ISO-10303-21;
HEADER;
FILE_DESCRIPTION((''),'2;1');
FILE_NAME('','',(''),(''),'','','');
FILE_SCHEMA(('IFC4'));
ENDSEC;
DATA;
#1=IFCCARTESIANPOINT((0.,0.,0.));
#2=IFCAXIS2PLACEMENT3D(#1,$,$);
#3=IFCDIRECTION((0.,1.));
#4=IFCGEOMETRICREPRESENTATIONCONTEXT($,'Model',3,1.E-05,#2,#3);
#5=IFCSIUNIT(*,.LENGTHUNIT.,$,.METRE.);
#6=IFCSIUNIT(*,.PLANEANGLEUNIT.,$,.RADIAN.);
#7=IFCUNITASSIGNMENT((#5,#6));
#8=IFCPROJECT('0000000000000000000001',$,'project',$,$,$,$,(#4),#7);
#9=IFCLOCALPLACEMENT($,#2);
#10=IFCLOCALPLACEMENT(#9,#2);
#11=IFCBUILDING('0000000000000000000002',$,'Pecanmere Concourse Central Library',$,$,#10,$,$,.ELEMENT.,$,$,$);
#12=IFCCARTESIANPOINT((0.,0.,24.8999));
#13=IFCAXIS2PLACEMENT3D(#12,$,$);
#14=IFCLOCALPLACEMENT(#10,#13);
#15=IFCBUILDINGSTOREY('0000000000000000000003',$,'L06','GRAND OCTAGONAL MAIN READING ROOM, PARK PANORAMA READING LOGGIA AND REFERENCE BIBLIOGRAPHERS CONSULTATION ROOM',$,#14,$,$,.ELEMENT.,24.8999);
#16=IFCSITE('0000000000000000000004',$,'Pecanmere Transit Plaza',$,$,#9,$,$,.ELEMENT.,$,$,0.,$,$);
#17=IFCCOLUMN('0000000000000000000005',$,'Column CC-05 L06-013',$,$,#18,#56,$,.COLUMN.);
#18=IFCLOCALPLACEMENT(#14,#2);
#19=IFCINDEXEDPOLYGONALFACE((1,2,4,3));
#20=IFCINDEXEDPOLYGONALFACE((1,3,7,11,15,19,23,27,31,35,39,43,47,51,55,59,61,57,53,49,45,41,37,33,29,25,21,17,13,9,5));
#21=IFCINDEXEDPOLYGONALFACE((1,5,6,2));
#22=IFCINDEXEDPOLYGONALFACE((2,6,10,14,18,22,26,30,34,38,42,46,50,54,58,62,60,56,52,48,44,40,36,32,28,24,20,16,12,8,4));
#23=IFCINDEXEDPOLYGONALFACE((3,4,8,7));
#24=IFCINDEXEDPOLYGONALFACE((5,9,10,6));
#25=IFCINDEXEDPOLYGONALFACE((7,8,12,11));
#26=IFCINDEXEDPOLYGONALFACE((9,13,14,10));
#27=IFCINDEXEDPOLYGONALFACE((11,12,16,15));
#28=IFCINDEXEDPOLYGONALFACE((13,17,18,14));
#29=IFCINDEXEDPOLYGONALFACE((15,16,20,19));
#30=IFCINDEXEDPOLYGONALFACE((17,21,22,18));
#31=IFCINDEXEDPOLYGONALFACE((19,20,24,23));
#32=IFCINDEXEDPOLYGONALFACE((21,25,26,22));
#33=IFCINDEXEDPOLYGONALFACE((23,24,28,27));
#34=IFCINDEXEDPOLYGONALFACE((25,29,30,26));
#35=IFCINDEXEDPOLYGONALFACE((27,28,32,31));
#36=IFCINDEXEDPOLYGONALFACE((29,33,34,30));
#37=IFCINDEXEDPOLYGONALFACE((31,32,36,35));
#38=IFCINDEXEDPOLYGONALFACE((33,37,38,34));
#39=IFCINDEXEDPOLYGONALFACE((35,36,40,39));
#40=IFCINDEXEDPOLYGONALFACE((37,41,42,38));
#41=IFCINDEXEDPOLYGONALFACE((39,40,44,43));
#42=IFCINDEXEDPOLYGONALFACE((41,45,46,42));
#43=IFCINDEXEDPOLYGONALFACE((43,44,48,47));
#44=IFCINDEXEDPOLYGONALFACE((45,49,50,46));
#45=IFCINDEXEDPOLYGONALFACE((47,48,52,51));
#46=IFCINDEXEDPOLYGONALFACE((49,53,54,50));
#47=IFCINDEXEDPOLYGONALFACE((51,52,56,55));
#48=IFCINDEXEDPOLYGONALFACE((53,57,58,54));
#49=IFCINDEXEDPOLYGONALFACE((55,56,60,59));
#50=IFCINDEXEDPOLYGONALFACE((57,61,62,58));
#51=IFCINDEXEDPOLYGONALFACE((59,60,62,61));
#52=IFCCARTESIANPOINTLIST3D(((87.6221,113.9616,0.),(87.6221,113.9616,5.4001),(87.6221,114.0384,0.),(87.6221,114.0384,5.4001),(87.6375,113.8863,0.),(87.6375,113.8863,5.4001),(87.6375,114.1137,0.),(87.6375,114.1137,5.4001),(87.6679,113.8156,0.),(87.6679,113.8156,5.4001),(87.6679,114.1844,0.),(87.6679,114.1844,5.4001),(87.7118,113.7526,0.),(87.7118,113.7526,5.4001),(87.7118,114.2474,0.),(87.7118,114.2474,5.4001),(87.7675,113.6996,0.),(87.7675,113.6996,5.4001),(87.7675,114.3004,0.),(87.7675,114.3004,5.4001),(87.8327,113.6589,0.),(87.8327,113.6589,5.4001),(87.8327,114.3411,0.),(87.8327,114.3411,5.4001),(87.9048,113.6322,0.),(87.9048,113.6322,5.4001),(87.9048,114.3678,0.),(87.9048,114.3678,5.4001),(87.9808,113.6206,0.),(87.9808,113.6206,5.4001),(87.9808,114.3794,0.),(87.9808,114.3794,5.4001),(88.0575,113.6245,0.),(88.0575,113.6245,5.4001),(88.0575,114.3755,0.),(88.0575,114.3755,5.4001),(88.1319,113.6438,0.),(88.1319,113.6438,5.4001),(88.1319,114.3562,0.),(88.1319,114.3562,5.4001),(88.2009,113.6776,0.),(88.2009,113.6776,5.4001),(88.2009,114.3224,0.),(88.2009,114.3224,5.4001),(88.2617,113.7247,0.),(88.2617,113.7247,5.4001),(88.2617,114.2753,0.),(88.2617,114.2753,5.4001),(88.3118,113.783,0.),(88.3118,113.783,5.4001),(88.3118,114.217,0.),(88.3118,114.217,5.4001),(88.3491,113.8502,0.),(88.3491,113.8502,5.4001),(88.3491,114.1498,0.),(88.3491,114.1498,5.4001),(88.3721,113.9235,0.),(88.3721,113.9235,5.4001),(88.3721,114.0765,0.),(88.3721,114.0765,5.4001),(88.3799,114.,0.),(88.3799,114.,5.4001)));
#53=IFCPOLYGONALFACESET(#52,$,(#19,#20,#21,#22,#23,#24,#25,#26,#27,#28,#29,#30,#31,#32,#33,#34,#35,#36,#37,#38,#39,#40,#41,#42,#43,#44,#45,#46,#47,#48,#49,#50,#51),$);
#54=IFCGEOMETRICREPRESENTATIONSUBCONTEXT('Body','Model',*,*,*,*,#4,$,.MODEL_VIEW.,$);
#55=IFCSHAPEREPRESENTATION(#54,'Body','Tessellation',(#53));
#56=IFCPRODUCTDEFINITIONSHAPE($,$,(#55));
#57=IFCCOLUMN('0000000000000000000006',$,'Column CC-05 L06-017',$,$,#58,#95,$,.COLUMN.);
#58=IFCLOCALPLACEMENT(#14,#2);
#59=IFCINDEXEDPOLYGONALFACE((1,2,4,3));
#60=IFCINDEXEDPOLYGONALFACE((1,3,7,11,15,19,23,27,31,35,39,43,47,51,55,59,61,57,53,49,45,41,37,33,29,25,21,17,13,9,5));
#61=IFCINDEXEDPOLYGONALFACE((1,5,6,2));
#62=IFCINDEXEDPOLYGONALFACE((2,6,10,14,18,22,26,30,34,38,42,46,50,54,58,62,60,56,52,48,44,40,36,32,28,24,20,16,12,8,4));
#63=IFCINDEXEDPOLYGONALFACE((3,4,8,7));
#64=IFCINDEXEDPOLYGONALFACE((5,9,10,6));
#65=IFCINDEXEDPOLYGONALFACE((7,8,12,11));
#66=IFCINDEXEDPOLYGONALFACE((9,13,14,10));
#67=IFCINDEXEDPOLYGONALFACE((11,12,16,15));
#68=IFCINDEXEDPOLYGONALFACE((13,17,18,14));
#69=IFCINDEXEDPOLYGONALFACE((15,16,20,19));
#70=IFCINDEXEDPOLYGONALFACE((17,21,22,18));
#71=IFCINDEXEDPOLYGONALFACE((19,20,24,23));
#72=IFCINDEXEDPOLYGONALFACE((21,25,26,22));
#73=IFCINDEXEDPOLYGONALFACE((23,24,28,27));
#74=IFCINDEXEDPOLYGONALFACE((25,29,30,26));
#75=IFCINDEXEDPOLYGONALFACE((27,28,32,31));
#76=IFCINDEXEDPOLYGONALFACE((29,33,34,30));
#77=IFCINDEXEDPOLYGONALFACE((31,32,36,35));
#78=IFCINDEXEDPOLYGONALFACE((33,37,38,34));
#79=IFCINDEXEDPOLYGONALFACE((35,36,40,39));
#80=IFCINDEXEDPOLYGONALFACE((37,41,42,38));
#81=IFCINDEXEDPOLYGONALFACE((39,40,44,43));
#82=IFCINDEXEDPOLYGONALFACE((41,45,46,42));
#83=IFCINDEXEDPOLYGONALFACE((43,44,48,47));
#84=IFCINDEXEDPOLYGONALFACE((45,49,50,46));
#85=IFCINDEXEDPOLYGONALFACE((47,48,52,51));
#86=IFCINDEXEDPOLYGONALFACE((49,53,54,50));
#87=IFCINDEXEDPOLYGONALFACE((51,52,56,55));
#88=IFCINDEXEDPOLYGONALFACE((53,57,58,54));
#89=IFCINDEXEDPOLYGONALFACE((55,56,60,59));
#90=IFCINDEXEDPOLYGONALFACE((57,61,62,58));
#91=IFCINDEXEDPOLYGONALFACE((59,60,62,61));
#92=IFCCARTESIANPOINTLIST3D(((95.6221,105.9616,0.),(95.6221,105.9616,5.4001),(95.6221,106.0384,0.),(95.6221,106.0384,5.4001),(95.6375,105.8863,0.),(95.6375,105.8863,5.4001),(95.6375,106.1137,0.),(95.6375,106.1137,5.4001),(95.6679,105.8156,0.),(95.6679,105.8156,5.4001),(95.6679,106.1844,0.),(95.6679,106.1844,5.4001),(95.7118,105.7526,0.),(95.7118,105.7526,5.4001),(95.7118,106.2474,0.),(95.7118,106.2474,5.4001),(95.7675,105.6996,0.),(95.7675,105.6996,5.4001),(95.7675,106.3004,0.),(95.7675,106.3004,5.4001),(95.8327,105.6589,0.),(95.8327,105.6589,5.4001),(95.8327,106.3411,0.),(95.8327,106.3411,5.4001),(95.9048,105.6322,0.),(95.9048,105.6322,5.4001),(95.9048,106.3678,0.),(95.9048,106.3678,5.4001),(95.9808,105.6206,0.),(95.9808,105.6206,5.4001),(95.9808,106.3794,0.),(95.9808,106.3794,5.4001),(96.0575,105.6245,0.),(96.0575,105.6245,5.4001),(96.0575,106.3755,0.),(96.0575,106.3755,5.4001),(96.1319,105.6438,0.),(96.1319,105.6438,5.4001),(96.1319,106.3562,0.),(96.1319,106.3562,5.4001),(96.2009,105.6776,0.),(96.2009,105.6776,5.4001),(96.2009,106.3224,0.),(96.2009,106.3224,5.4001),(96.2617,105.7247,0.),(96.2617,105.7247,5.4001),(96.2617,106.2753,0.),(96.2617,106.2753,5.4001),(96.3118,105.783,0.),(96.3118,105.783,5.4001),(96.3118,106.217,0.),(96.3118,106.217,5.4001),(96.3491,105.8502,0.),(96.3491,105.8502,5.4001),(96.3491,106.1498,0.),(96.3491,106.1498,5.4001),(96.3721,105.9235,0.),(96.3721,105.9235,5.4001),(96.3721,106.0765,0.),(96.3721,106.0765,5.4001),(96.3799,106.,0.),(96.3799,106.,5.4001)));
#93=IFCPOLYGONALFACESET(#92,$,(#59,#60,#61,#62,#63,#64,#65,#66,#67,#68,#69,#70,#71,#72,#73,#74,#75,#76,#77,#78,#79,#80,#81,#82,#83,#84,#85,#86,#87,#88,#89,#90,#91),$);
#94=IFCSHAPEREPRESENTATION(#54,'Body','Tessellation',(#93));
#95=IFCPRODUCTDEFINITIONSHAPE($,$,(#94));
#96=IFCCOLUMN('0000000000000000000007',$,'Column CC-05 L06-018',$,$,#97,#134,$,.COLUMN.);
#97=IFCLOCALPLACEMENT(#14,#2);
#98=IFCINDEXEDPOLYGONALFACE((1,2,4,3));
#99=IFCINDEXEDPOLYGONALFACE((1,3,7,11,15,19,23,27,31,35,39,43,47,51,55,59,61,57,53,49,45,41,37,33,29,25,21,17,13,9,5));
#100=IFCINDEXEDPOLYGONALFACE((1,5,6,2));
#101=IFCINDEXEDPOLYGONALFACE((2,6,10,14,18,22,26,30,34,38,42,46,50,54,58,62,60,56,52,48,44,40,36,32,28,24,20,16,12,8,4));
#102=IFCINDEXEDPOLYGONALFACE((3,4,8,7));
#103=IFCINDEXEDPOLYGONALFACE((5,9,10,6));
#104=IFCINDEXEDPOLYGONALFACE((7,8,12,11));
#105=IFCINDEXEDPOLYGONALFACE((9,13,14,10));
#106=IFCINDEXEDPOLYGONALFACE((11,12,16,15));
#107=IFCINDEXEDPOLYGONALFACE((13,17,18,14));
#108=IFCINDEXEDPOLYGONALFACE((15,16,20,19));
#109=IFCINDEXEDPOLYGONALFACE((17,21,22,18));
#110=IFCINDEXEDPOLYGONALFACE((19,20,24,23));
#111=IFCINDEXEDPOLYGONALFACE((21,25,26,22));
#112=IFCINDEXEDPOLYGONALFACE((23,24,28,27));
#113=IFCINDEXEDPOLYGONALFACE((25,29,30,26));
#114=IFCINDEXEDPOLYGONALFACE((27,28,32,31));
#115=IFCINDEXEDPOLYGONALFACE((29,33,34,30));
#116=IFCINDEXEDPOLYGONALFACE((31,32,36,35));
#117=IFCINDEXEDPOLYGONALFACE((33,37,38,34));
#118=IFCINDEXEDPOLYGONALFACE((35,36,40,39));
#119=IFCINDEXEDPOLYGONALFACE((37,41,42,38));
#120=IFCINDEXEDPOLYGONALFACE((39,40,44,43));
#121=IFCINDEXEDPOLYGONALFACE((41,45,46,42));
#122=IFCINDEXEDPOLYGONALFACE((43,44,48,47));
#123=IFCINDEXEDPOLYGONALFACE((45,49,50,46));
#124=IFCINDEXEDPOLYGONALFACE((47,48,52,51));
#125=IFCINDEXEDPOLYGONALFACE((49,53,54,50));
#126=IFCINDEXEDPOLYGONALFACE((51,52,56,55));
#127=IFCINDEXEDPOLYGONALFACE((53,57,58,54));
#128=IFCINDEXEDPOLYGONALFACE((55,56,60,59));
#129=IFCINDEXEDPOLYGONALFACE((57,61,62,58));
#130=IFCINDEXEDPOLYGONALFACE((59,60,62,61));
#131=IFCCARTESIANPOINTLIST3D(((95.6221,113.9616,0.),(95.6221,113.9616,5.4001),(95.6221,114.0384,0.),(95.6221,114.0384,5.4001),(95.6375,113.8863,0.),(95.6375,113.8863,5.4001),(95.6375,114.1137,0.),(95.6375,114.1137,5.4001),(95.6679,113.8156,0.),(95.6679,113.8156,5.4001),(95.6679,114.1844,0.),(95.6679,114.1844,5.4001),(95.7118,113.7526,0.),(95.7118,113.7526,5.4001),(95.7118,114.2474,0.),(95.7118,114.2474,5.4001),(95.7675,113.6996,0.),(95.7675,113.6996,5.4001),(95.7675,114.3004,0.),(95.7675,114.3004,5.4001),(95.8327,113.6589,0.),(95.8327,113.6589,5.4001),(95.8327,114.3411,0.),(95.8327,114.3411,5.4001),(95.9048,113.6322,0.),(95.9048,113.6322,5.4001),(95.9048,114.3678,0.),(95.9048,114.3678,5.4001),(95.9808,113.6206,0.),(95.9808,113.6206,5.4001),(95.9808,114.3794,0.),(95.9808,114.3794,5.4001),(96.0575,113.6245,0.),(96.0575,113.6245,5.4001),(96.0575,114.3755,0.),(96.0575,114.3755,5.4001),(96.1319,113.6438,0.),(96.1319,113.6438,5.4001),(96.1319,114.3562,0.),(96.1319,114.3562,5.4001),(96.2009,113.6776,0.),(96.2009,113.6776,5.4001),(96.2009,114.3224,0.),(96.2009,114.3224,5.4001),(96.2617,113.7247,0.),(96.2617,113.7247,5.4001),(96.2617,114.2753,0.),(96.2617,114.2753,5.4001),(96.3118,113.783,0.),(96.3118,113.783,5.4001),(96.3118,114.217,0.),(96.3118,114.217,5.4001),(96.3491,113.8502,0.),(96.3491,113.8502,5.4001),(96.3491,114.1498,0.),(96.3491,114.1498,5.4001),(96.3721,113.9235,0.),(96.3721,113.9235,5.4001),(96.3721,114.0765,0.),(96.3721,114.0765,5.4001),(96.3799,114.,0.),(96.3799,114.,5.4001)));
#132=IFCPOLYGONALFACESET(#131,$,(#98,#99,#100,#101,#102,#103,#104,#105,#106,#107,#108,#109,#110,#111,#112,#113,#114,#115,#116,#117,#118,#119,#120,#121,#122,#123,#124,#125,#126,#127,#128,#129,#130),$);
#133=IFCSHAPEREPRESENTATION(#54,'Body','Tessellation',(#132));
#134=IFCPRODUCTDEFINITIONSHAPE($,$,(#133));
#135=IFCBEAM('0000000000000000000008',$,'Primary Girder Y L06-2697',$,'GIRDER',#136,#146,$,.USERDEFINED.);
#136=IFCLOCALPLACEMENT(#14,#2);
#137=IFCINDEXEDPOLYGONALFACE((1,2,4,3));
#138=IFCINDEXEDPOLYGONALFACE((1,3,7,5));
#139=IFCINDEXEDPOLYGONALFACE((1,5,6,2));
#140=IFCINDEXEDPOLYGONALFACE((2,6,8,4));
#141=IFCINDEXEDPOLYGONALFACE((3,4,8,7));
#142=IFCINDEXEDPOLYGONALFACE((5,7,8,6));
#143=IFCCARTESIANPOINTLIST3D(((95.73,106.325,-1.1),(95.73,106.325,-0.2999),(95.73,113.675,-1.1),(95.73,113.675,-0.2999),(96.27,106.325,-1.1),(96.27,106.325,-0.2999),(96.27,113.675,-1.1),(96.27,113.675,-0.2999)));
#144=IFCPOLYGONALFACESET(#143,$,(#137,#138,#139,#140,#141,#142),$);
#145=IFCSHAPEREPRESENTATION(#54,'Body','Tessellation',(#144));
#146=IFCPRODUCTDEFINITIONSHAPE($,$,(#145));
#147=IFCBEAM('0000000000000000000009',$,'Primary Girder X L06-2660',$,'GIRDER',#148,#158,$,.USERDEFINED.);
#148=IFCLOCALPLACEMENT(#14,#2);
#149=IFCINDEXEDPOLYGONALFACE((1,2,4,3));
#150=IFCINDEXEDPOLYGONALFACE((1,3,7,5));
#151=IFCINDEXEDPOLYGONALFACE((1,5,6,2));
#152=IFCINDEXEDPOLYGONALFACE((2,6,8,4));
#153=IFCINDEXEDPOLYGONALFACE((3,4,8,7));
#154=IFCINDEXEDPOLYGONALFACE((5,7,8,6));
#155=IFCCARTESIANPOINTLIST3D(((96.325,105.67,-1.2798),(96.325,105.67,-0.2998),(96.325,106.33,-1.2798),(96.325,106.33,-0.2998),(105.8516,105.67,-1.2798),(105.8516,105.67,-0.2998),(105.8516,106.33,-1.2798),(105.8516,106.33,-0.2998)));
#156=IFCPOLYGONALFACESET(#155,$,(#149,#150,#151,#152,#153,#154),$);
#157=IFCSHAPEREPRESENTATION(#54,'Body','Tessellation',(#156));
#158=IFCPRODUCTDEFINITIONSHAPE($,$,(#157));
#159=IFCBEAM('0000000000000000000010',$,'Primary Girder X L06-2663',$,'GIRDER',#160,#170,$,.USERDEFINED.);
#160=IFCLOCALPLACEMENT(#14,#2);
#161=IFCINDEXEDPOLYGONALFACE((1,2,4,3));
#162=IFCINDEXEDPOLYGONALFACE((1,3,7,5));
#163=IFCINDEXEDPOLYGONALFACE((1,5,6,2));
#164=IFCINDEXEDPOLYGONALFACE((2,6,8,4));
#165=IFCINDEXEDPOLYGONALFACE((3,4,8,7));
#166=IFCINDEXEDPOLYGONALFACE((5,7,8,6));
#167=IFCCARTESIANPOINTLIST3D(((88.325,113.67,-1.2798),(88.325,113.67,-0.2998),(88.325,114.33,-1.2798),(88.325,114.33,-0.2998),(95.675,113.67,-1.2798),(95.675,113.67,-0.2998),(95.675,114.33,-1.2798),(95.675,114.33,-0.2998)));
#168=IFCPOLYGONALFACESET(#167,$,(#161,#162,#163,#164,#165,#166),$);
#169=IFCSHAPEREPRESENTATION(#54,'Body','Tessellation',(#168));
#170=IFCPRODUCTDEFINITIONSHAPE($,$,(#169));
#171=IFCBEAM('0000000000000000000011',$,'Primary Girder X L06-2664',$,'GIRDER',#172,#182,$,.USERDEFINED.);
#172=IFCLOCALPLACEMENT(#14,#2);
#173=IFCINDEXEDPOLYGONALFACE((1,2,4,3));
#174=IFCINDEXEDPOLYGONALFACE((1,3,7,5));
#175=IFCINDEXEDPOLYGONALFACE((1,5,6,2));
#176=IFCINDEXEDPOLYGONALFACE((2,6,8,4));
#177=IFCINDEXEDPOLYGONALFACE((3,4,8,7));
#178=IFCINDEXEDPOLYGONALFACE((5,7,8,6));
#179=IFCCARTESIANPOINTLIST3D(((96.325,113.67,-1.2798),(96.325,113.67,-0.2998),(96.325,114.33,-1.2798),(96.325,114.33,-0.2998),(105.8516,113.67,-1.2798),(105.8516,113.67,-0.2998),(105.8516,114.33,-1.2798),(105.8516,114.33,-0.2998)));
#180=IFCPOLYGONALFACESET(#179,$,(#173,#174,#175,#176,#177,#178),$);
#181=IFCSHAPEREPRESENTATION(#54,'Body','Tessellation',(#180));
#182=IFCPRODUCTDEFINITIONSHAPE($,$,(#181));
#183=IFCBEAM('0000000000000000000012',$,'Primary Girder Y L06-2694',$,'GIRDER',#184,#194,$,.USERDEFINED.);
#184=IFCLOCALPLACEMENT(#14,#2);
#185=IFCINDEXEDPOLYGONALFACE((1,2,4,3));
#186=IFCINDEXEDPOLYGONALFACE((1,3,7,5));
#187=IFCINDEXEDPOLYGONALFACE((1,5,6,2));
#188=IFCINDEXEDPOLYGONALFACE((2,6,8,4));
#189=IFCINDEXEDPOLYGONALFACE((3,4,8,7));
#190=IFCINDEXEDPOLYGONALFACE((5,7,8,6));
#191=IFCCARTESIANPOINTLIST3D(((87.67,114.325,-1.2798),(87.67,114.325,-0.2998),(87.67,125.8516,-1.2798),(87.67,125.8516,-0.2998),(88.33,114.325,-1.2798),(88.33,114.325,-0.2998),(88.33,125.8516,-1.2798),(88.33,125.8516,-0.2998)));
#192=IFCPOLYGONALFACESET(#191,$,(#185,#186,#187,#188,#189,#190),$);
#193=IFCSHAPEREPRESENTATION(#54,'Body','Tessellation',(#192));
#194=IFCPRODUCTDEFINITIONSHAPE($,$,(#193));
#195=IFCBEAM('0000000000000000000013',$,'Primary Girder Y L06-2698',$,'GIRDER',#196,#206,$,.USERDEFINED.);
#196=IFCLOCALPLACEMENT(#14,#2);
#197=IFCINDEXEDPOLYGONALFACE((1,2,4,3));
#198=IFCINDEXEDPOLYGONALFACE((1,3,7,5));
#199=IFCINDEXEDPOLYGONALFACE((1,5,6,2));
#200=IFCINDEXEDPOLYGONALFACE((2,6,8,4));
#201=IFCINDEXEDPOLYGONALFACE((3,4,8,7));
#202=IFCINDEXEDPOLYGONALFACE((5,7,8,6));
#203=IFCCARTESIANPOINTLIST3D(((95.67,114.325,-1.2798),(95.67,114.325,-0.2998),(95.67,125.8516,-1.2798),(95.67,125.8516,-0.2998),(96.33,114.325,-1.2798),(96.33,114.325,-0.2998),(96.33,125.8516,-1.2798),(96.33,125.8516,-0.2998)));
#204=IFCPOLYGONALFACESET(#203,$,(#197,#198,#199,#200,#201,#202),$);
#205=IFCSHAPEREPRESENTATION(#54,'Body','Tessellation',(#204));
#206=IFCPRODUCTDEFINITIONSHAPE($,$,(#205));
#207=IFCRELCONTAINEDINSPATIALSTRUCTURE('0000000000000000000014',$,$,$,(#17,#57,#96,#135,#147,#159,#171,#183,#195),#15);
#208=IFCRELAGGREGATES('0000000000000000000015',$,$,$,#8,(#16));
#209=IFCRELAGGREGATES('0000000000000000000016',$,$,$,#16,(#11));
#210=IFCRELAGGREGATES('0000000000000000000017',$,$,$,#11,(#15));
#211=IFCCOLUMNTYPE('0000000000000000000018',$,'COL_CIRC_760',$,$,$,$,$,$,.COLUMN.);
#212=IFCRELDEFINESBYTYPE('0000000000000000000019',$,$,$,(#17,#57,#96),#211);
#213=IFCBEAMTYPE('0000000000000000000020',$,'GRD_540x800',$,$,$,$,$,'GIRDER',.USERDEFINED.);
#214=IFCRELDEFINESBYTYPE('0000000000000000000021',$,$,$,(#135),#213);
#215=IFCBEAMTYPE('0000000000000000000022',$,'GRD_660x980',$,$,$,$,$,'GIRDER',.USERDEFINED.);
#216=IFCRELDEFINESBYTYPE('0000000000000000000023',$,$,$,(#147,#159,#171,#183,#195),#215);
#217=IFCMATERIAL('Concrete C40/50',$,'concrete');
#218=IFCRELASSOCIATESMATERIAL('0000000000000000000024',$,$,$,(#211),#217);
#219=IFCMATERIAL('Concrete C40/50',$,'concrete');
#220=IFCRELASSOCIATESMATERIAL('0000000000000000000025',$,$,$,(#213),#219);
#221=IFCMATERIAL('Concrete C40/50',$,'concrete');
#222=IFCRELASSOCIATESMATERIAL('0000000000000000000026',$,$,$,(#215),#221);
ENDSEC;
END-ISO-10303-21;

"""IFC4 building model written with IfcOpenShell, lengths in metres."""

from ifc_helpers import new_model, si_unit, direction, frame, origin, origin_2d, place, context, subcontext, project, spatial, rectangle, circle, extrude, material, material_profile, profile_set, type_object, element, save


model = new_model("IFC4")

# Units and contexts
model_context = context("Model", 3, precision=1e-05, world=origin(), true_north=direction((0.0, 1.0)))
body_context = subcontext(model_context, "Body", "Model", "MODEL_VIEW")
ifc_project = project(units=[si_unit("LENGTHUNIT", "METRE"), si_unit("PLANEANGLEUNIT", "RADIAN")], contexts=[model_context])

# Site, building, storey
site_placement = place(None, origin())
site = spatial("IfcSite", under=ifc_project, at=site_placement, Name="Pecanmere Transit Plaza", CompositionType="ELEMENT", RefElevation=0.0)
building_placement = place(site_placement, origin())
building = spatial("IfcBuilding", under=site, at=building_placement, Name="Pecanmere Concourse Central Library", CompositionType="ELEMENT")
storey_placement = place(building_placement, frame((0.0, 0.0, 24.8999)))
storey = spatial("IfcBuildingStorey", under=building, at=storey_placement, Name="L06", Description="GRAND OCTAGONAL MAIN READING ROOM, PARK PANORAMA READING LOGGIA AND REFERENCE BIBLIOGRAPHERS CONSULTATION ROOM", CompositionType="ELEMENT", Elevation=24.8999)

# Columns
ifc_material_1 = material(Name="Concrete C40/50", Category="concrete")
ifc_material_profile_1 = material_profile(ifc_material_1, circle(Radius=0.3799, at=origin_2d()), Name="RC D760")
ifc_profile_set_1 = profile_set([ifc_material_profile_1], Name="Concrete C40/50")
column_type = type_object("IfcColumnType", Name="COL_CIRC_760", PredefinedType="COLUMN", material=ifc_profile_set_1)
for number, where, z_axis, x_axis, name in (
    (1, (88.0, 114.0, 0.0), (0.0, 0.0, 1.0), (1.0, 0.0, 0.0), "Column CC-05 L06-013"),
    (2, (96.0, 106.0, 0.0), (0.0, 0.0, 1.0), (1.0, 0.0, 0.0), "Column CC-05 L06-017"),
    (3, (96.0, 114.0, 0.0), (0.0, 0.0, 1.0), (1.0, 0.0, 0.0), "Column CC-05 L06-018"),
):
    element("IfcColumn", number, at=place(storey_placement, frame(where, z_axis=z_axis, x_axis=x_axis)), inside=storey, type_object=column_type, Name=name, PredefinedType="COLUMN", context=body_context, shape_type="SweptSolid", body=[
        extrude(circle(Radius=0.3799, at=origin_2d()), origin(), (0.0, 0.0, 1.0), 5.4001),
    ])

# Beams
ifc_material_2 = material(Name="Concrete C40/50", Category="concrete")
ifc_material_profile_2 = material_profile(ifc_material_2, rectangle(XDim=0.54, YDim=0.8, at=origin_2d()), Name="RC 540x800")
ifc_profile_set_2 = profile_set([ifc_material_profile_2], Name="Concrete C40/50")
beam_type_1 = type_object("IfcBeamType", Name="GRD_540x800", ElementType="GIRDER", PredefinedType="USERDEFINED", material=ifc_profile_set_2)
beam_1_placement = place(storey_placement, frame((96.0, 106.325, -0.7), z_axis=(0.0, 1.0, 0.0), x_axis=(-1.0, 0.0, 0.0)))
element("IfcBeam", 4, at=beam_1_placement, inside=storey, type_object=beam_type_1, Name="Primary Girder Y L06-2697", ObjectType="GIRDER", PredefinedType="USERDEFINED", context=body_context, shape_type="SweptSolid", body=[
    extrude(rectangle(XDim=0.54, YDim=0.8, at=origin_2d()), origin(), (0.0, 0.0, 1.0), 7.3501),
])
ifc_material_3 = material(Name="Concrete C40/50", Category="concrete")
ifc_material_profile_3 = material_profile(ifc_material_3, rectangle(XDim=0.6599, YDim=0.98, at=origin_2d()), Name="RC 660x980")
ifc_profile_set_3 = profile_set([ifc_material_profile_3], Name="Concrete C40/50")
beam_type_2 = type_object("IfcBeamType", Name="GRD_660x980", ElementType="GIRDER", PredefinedType="USERDEFINED", material=ifc_profile_set_3)
beam_2_placement = place(storey_placement, frame((96.325, 106.0, -0.7898), z_axis=(1.0, 0.0, 0.0), x_axis=(0.0, 1.0, 0.0)))
element("IfcBeam", 5, at=beam_2_placement, inside=storey, type_object=beam_type_2, Name="Primary Girder X L06-2660", ObjectType="GIRDER", PredefinedType="USERDEFINED", context=body_context, shape_type="SweptSolid", body=[
    extrude(rectangle(XDim=0.6599, YDim=0.98, at=origin_2d()), origin(), (0.0, 0.0, 1.0), 9.5266),
])
beam_3_placement = place(storey_placement, frame((88.325, 114.0, -0.7898), z_axis=(1.0, 0.0, 0.0), x_axis=(0.0, 1.0, 0.0)))
element("IfcBeam", 6, at=beam_3_placement, inside=storey, type_object=beam_type_2, Name="Primary Girder X L06-2663", ObjectType="GIRDER", PredefinedType="USERDEFINED", context=body_context, shape_type="SweptSolid", body=[
    extrude(rectangle(XDim=0.6599, YDim=0.98, at=origin_2d()), origin(), (0.0, 0.0, 1.0), 7.3501),
])
beam_4_placement = place(storey_placement, frame((96.325, 114.0, -0.7898), z_axis=(1.0, 0.0, 0.0), x_axis=(0.0, 1.0, 0.0)))
element("IfcBeam", 7, at=beam_4_placement, inside=storey, type_object=beam_type_2, Name="Primary Girder X L06-2664", ObjectType="GIRDER", PredefinedType="USERDEFINED", context=body_context, shape_type="SweptSolid", body=[
    extrude(rectangle(XDim=0.6599, YDim=0.98, at=origin_2d()), origin(), (0.0, 0.0, 1.0), 9.5266),
])
for number, where, z_axis, x_axis, name in (
    (8, (88.0, 114.325, -0.7898), (0.0, 1.0, 0.0), (-1.0, 0.0, 0.0), "Primary Girder Y L06-2694"),
    (9, (96.0, 114.325, -0.7898), (0.0, 1.0, 0.0), (-1.0, 0.0, 0.0), "Primary Girder Y L06-2698"),
):
    element("IfcBeam", number, at=place(storey_placement, frame(where, z_axis=z_axis, x_axis=x_axis)), inside=storey, type_object=beam_type_2, Name=name, ObjectType="GIRDER", PredefinedType="USERDEFINED", context=body_context, shape_type="SweptSolid", body=[
        extrude(rectangle(XDim=0.6599, YDim=0.98, at=origin_2d()), origin(), (0.0, 0.0, 1.0), 11.5266),
    ])

save(model, "model.ifc")
